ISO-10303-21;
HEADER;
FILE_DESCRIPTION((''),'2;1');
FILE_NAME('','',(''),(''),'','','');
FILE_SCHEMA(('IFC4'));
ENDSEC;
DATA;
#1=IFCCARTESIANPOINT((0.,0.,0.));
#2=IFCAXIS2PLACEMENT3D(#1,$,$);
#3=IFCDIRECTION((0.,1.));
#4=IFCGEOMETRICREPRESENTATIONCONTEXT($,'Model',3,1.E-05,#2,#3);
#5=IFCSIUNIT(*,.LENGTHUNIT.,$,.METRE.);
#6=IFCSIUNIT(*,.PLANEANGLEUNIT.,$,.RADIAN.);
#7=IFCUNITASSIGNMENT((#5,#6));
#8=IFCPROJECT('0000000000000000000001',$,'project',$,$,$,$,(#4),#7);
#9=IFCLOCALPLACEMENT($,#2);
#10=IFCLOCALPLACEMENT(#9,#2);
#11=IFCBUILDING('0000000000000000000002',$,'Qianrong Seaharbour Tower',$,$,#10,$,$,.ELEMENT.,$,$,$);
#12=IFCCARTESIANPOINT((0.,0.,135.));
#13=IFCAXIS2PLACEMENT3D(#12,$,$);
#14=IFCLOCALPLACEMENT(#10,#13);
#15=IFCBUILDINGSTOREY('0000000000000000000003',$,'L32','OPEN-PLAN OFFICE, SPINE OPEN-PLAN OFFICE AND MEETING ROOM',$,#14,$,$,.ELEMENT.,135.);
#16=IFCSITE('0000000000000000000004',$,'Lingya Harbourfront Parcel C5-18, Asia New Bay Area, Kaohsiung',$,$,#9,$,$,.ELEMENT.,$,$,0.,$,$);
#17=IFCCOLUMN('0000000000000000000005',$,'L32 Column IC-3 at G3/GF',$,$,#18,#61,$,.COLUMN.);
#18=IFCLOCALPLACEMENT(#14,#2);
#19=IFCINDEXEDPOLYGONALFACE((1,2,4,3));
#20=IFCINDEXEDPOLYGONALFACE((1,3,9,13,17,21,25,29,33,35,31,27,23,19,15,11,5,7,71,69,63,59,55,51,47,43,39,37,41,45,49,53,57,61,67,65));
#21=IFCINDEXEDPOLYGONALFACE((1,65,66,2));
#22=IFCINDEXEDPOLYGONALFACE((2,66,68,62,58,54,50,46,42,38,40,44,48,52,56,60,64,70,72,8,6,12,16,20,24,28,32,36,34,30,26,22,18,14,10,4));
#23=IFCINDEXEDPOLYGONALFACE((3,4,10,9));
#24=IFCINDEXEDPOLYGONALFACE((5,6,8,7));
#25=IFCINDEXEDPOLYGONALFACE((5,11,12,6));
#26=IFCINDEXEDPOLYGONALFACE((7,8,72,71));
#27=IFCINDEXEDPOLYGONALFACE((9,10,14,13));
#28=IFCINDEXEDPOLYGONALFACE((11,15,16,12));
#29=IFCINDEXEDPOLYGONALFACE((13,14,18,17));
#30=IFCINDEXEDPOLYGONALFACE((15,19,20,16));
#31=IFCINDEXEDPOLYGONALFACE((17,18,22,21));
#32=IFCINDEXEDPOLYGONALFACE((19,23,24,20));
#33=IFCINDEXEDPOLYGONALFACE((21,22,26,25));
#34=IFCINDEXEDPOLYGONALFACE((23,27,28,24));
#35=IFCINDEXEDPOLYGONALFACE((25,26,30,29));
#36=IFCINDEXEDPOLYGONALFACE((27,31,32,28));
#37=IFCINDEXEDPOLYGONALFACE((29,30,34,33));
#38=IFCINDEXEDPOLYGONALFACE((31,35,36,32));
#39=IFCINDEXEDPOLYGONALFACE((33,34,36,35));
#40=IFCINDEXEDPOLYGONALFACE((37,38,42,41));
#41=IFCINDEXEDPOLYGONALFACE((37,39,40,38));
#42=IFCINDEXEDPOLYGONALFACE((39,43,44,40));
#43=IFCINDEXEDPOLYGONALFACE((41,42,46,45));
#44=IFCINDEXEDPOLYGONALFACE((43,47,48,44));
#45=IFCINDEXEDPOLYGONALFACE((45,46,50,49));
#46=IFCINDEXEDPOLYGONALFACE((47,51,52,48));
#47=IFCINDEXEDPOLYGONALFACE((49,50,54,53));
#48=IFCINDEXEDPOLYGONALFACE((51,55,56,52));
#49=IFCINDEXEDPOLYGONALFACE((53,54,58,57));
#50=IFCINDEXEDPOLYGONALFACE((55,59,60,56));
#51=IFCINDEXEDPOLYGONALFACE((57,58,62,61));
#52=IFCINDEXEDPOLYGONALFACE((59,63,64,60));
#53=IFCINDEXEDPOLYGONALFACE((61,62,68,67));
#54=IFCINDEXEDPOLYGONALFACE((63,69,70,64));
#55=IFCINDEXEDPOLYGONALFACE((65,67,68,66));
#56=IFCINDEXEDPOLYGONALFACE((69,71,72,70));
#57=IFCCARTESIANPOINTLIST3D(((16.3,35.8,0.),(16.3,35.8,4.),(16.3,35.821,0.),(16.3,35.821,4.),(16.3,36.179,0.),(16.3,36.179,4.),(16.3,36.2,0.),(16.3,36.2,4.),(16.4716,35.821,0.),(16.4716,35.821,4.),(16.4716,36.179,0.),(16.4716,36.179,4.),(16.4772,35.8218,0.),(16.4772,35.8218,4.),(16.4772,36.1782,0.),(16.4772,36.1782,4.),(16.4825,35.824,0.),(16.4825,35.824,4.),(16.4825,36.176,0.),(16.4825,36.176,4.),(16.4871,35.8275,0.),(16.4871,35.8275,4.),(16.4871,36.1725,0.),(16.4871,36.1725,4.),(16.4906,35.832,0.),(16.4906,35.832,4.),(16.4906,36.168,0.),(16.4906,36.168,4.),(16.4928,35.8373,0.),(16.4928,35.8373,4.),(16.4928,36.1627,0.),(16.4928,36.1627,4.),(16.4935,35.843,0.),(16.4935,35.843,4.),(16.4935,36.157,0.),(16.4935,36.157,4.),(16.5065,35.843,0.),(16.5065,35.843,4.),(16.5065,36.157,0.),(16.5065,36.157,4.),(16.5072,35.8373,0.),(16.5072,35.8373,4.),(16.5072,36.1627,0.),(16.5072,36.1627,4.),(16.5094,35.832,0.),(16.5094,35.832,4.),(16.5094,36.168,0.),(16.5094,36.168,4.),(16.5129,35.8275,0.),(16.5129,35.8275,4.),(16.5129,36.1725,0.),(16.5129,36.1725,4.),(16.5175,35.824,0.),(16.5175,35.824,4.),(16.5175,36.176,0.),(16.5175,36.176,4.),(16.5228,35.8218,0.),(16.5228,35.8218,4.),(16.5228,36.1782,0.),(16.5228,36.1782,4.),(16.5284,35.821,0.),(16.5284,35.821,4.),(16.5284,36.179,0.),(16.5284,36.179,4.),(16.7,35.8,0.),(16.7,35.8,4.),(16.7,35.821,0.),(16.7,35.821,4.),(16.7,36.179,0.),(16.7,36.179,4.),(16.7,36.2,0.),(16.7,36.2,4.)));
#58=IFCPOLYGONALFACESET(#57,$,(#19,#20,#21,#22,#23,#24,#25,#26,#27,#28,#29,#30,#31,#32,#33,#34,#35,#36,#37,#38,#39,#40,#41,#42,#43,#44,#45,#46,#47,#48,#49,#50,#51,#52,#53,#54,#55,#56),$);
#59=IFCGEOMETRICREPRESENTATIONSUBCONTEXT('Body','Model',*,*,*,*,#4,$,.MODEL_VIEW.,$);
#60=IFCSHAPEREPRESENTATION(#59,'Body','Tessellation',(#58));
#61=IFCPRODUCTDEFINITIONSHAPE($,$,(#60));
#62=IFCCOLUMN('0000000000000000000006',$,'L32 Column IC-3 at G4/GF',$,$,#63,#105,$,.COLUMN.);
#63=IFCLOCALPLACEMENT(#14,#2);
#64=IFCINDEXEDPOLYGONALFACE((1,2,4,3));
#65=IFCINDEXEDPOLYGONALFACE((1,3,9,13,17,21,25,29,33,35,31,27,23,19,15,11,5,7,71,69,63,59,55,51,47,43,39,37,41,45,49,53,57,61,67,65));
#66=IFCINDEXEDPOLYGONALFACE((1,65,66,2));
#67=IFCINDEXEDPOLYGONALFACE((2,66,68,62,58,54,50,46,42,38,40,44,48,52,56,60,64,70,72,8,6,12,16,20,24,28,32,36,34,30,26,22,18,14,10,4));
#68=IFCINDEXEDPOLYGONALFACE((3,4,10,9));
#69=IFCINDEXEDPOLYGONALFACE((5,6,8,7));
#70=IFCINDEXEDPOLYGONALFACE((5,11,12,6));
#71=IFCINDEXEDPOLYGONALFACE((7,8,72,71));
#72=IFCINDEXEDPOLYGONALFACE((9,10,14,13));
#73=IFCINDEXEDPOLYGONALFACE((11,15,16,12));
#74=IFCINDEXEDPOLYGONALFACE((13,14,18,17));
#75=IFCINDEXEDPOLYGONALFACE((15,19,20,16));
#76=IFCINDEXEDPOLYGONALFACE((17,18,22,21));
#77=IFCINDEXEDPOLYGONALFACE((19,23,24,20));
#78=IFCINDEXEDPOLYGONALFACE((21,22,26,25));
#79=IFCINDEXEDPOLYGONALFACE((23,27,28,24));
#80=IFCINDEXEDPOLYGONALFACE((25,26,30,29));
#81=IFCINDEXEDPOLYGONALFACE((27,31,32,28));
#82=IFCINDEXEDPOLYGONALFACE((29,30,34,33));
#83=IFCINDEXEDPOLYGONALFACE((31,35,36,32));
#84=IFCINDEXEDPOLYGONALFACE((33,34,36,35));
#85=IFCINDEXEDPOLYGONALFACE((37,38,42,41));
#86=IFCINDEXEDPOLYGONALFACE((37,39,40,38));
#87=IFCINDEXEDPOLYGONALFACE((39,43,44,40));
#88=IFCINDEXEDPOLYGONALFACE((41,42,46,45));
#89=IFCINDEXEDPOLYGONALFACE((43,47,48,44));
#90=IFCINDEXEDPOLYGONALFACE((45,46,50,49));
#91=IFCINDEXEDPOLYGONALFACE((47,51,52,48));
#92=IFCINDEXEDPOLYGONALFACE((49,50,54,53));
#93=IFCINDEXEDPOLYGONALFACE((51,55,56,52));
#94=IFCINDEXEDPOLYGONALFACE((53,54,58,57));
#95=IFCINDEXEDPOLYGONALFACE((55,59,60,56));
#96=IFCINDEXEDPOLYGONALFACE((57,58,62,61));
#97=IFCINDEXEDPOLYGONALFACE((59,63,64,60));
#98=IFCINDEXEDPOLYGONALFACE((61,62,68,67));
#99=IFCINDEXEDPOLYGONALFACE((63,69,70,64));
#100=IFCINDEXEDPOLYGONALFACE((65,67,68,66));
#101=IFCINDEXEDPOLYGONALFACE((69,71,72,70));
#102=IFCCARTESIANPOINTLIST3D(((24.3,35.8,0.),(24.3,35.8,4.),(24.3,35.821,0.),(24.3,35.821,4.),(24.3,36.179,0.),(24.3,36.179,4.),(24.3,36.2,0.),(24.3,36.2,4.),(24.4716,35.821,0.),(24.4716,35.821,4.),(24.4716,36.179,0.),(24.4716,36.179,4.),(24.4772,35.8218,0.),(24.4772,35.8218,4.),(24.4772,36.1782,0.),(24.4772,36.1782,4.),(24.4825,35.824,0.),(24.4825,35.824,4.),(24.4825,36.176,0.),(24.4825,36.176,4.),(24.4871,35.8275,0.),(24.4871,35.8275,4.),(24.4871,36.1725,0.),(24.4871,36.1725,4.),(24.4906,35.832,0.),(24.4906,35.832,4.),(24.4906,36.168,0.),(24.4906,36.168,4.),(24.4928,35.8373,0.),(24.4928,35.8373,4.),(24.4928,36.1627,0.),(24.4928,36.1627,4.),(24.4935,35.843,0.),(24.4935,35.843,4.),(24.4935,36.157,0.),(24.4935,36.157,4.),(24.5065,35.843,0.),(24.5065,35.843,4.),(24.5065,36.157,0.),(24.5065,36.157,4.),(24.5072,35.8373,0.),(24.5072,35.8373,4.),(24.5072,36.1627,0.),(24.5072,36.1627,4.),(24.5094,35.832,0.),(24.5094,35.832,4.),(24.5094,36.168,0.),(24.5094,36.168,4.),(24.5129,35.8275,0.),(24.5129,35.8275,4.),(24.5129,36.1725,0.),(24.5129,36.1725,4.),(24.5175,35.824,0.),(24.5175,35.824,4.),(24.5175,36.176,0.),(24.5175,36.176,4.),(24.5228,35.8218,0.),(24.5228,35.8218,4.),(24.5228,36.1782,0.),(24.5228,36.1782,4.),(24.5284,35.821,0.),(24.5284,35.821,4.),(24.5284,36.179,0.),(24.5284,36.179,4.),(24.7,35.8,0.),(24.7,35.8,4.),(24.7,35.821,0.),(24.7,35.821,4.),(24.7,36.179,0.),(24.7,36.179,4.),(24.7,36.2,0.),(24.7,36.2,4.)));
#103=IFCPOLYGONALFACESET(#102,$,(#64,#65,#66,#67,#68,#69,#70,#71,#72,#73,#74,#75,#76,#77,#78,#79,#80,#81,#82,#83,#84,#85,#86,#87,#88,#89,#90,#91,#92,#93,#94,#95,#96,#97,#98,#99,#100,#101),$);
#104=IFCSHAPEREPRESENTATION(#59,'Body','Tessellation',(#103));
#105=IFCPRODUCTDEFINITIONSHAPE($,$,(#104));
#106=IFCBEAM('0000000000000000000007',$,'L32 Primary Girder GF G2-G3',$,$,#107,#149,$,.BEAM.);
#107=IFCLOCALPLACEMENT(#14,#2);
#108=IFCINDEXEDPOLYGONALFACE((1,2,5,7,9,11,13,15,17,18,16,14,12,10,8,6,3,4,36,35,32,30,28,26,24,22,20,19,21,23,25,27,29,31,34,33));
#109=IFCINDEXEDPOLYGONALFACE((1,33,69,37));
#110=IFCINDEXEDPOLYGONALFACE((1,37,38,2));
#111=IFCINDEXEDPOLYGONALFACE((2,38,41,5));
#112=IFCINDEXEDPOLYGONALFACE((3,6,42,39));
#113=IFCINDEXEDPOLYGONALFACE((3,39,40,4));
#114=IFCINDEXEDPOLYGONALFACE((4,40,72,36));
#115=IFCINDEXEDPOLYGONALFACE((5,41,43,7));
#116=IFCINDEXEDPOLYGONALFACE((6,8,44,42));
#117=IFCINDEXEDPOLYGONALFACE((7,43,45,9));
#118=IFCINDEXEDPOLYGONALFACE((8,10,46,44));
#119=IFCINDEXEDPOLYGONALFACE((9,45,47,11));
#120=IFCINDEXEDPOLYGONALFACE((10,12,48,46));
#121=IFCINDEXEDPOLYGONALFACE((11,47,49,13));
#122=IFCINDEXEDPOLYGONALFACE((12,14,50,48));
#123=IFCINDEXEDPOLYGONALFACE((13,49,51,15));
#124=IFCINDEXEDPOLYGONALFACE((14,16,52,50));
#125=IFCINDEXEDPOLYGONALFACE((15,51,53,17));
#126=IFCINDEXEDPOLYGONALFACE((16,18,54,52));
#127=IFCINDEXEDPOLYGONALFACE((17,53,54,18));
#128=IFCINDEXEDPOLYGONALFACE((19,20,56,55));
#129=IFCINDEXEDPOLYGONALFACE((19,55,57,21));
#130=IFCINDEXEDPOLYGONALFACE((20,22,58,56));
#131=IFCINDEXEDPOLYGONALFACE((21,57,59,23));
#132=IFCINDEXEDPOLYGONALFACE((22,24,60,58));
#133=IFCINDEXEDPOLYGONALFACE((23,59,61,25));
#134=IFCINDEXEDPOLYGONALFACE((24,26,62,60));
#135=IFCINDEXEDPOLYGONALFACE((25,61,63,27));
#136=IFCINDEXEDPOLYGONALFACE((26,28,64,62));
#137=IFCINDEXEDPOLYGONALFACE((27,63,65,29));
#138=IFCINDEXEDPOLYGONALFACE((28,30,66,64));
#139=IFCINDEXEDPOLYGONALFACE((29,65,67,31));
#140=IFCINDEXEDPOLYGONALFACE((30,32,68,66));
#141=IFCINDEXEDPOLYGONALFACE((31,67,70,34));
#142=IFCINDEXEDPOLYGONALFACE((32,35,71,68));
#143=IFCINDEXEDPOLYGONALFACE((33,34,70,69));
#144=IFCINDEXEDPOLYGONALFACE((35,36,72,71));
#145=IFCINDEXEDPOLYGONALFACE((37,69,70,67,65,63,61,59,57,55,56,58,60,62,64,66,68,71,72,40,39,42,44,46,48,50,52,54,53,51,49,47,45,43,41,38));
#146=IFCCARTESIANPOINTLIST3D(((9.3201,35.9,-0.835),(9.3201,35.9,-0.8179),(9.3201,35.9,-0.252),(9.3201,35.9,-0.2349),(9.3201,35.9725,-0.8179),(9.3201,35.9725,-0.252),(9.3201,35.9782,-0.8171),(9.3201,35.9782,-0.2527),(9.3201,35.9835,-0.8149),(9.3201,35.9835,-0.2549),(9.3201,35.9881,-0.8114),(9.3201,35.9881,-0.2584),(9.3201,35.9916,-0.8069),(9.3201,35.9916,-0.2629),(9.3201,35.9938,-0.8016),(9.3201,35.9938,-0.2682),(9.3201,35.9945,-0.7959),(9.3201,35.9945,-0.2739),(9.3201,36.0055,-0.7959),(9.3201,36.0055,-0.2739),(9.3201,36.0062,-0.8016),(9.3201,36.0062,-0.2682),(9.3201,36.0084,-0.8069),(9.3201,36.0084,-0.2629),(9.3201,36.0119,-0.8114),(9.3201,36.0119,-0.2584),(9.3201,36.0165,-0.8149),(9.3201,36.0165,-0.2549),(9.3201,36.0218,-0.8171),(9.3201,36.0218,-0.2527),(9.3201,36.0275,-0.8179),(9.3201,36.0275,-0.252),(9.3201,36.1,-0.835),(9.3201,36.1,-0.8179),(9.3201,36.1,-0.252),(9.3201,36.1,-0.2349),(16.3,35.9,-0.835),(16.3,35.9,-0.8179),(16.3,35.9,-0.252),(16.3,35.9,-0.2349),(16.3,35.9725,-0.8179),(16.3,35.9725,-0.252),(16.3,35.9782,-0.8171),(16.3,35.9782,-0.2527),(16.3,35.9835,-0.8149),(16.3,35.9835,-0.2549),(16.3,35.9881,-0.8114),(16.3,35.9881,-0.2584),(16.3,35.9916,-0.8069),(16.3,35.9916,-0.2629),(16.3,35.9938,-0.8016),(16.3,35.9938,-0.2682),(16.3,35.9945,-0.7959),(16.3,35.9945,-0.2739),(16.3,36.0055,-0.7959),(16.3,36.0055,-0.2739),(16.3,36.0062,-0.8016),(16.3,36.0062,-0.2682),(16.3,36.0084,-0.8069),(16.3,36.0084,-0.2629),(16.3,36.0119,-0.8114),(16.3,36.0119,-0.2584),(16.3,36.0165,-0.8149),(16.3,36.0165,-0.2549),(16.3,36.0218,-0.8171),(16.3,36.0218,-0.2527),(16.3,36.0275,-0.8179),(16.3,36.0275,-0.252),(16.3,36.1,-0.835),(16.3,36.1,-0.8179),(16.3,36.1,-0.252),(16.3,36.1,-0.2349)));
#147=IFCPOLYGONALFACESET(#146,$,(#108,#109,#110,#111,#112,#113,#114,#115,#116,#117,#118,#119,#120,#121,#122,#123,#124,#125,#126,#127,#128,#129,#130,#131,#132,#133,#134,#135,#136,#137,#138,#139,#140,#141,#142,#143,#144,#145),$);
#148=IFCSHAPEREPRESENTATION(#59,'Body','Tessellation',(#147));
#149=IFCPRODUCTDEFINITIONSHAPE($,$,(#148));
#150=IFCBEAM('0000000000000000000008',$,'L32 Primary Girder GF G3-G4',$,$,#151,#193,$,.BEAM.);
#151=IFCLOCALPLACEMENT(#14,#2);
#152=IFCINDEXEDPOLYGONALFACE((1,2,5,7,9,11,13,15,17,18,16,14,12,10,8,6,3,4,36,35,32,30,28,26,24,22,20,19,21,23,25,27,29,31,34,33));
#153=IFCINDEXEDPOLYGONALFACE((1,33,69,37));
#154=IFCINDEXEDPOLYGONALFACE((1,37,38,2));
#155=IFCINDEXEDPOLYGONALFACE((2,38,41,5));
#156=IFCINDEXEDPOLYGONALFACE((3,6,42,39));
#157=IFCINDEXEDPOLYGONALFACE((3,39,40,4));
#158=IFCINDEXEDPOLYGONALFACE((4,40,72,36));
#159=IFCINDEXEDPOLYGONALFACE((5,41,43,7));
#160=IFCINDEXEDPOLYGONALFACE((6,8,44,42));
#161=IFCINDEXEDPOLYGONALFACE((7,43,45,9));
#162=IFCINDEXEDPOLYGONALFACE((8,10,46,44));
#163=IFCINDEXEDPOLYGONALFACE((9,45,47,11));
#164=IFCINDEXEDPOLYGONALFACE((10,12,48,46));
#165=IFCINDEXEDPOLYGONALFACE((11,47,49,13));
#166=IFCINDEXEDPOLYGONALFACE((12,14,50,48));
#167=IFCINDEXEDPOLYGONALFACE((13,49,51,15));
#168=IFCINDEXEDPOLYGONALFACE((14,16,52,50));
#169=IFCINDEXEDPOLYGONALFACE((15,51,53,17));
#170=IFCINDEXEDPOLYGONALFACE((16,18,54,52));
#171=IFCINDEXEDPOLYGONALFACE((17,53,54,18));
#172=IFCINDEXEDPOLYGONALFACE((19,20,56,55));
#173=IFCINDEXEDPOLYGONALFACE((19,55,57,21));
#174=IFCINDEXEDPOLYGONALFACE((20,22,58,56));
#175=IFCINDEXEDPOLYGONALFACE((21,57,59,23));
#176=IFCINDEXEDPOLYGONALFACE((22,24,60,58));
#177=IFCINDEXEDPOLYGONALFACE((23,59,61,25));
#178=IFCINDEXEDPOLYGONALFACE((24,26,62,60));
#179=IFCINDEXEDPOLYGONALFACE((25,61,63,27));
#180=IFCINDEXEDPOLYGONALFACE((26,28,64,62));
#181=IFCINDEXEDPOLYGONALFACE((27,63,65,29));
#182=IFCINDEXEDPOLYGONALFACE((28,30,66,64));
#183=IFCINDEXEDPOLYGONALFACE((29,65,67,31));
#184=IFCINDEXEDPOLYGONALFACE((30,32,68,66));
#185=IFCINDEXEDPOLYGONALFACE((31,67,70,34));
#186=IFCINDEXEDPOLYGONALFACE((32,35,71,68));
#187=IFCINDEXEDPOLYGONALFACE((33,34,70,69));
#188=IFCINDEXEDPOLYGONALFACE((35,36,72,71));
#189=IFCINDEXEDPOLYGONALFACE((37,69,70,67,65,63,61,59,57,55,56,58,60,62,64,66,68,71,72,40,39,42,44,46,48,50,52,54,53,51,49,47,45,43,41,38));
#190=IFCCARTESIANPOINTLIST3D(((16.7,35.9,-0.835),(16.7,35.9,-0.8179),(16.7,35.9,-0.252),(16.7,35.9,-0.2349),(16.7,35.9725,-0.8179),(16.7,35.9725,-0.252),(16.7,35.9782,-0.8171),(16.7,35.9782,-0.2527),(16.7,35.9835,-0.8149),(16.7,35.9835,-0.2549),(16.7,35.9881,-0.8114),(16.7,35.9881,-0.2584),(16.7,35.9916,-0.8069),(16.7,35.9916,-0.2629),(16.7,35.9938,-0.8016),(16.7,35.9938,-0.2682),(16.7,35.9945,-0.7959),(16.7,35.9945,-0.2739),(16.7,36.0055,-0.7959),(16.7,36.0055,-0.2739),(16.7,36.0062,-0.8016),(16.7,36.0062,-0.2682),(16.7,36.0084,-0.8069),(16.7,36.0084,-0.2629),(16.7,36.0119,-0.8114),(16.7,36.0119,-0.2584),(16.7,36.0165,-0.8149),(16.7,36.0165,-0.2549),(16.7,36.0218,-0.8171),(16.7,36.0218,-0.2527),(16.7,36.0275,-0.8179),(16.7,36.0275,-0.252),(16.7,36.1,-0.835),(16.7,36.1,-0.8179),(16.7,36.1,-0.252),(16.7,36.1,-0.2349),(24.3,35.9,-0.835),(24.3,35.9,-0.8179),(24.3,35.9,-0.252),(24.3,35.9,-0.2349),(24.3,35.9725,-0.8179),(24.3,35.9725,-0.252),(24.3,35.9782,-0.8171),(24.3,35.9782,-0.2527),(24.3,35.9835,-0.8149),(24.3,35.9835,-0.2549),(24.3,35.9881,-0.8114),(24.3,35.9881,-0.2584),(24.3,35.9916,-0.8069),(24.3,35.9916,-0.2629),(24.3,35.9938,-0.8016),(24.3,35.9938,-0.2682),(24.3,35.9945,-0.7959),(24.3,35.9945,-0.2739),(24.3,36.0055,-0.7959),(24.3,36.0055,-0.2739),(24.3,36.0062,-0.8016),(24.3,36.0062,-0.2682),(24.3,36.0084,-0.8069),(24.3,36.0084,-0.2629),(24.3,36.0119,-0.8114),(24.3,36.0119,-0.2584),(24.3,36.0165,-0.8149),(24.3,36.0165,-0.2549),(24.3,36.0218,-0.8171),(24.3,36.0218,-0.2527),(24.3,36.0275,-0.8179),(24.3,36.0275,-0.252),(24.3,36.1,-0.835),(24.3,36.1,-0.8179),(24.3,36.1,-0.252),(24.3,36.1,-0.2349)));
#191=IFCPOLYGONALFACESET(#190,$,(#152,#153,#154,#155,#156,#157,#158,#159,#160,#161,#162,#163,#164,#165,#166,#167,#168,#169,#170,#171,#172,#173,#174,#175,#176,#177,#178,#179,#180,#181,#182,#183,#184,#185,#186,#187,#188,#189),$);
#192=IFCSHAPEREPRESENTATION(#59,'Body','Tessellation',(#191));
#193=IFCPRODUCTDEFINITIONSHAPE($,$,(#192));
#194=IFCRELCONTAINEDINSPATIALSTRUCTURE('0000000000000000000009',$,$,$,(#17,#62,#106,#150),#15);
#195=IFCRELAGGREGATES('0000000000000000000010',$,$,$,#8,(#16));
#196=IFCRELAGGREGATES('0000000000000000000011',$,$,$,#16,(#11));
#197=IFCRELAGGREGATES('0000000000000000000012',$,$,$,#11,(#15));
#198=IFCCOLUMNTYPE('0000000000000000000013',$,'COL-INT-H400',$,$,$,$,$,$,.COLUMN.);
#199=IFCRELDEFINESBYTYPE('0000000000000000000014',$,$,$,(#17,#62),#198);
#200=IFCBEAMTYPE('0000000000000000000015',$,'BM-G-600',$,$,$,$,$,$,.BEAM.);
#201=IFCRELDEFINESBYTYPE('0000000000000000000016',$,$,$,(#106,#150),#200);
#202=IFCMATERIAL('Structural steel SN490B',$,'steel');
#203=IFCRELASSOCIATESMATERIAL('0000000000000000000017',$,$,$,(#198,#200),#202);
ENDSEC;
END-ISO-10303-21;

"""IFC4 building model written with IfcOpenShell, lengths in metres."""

from ifc_helpers import new_model, si_unit, direction, frame, origin, origin_2d, place, context, subcontext, project, spatial, i_section, extrude, material, material_profile, profile_set, type_object, element, save


model = new_model("IFC4")

# Units and contexts
model_context = context("Model", 3, precision=1e-05, world=origin(), true_north=direction((0.0, 1.0)))
body_context = subcontext(model_context, "Body", "Model", "MODEL_VIEW")
ifc_project = project(units=[si_unit("LENGTHUNIT", "METRE"), si_unit("PLANEANGLEUNIT", "RADIAN")], contexts=[model_context])

# Site, building, storey
site_placement = place(None, origin())
site = spatial("IfcSite", under=ifc_project, at=site_placement, Name="Lingya Harbourfront Parcel C5-18, Asia New Bay Area, Kaohsiung", CompositionType="ELEMENT", RefElevation=0.0)
building_placement = place(site_placement, origin())
building = spatial("IfcBuilding", under=site, at=building_placement, Name="Qianrong Seaharbour Tower", CompositionType="ELEMENT")
storey_placement = place(building_placement, frame((0.0, 0.0, 135.0)))
storey = spatial("IfcBuildingStorey", under=building, at=storey_placement, Name="L32", Description="OPEN-PLAN OFFICE, SPINE OPEN-PLAN OFFICE AND MEETING ROOM", CompositionType="ELEMENT", Elevation=135.0)

# Columns
ifc_material_1 = material(Name="Structural steel SN490B", Category="steel")
ifc_material_profile_1 = material_profile(ifc_material_1, i_section(OverallWidth=0.3999, OverallDepth=0.3999, WebThickness=0.0129, FlangeThickness=0.021, FilletRadius=0.022, at=origin_2d()), Name="H400x400x13x21")
ifc_profile_set_1 = profile_set([ifc_material_profile_1], Name="Structural steel SN490B")
column_type = type_object("IfcColumnType", Name="COL-INT-H400", PredefinedType="COLUMN", material=ifc_profile_set_1)
for number, where, z_axis, x_axis, name in (
    (1, (16.5, 36.0, 0.0), (0.0, 0.0, 1.0), (1.0, 0.0, 0.0), "L32 Column IC-3 at G3/GF"),
    (2, (24.5, 36.0, 0.0), (0.0, 0.0, 1.0), (1.0, 0.0, 0.0), "L32 Column IC-3 at G4/GF"),
):
    element("IfcColumn", number, at=place(storey_placement, frame(where, z_axis=z_axis, x_axis=x_axis)), inside=storey, type_object=column_type, Name=name, PredefinedType="COLUMN", context=body_context, shape_type="SweptSolid", body=[
        extrude(i_section(OverallWidth=0.3999, OverallDepth=0.3999, WebThickness=0.0129, FlangeThickness=0.021, FilletRadius=0.022, at=origin_2d()), origin(), (0.0, 0.0, 1.0), 4.0),
    ])

# Beams
ifc_material_profile_2 = material_profile(ifc_material_1, i_section(OverallWidth=0.2, OverallDepth=0.6001, WebThickness=0.011, FlangeThickness=0.0171, FilletRadius=0.022, at=origin_2d()), Name="H600x200x11x17")
ifc_profile_set_2 = profile_set([ifc_material_profile_2], Name="Structural steel SN490B")
beam_type_1 = type_object("IfcBeamType", Name="BM-G-600", PredefinedType="BEAM", material=ifc_profile_set_2)
beam_1_placement = place(storey_placement, frame((9.3201, 36.0, -0.5349), z_axis=(1.0, 0.0, 0.0), x_axis=(0.0, 1.0, 0.0)))
element("IfcBeam", 3, at=beam_1_placement, inside=storey, type_object=beam_type_1, Name="L32 Primary Girder GF G2-G3", PredefinedType="BEAM", context=body_context, shape_type="SweptSolid", body=[
    extrude(i_section(OverallWidth=0.2, OverallDepth=0.6001, WebThickness=0.011, FlangeThickness=0.0171, FilletRadius=0.022, at=origin_2d()), origin(), (0.0, 0.0, 1.0), 6.98),
])
for number, where, z_axis, x_axis, name in (
    (4, (16.7, 36.0, -0.5349), (1.0, 0.0, 0.0), (0.0, 1.0, 0.0), "L32 Primary Girder GF G3-G4"),
):
    element("IfcBeam", number, at=place(storey_placement, frame(where, z_axis=z_axis, x_axis=x_axis)), inside=storey, type_object=beam_type_1, Name=name, PredefinedType="BEAM", context=body_context, shape_type="SweptSolid", body=[
        extrude(i_section(OverallWidth=0.2, OverallDepth=0.6001, WebThickness=0.011, FlangeThickness=0.0171, FilletRadius=0.022, at=origin_2d()), origin(), (0.0, 0.0, 1.0), 7.6001),
    ])

save(model, "model.ifc")
